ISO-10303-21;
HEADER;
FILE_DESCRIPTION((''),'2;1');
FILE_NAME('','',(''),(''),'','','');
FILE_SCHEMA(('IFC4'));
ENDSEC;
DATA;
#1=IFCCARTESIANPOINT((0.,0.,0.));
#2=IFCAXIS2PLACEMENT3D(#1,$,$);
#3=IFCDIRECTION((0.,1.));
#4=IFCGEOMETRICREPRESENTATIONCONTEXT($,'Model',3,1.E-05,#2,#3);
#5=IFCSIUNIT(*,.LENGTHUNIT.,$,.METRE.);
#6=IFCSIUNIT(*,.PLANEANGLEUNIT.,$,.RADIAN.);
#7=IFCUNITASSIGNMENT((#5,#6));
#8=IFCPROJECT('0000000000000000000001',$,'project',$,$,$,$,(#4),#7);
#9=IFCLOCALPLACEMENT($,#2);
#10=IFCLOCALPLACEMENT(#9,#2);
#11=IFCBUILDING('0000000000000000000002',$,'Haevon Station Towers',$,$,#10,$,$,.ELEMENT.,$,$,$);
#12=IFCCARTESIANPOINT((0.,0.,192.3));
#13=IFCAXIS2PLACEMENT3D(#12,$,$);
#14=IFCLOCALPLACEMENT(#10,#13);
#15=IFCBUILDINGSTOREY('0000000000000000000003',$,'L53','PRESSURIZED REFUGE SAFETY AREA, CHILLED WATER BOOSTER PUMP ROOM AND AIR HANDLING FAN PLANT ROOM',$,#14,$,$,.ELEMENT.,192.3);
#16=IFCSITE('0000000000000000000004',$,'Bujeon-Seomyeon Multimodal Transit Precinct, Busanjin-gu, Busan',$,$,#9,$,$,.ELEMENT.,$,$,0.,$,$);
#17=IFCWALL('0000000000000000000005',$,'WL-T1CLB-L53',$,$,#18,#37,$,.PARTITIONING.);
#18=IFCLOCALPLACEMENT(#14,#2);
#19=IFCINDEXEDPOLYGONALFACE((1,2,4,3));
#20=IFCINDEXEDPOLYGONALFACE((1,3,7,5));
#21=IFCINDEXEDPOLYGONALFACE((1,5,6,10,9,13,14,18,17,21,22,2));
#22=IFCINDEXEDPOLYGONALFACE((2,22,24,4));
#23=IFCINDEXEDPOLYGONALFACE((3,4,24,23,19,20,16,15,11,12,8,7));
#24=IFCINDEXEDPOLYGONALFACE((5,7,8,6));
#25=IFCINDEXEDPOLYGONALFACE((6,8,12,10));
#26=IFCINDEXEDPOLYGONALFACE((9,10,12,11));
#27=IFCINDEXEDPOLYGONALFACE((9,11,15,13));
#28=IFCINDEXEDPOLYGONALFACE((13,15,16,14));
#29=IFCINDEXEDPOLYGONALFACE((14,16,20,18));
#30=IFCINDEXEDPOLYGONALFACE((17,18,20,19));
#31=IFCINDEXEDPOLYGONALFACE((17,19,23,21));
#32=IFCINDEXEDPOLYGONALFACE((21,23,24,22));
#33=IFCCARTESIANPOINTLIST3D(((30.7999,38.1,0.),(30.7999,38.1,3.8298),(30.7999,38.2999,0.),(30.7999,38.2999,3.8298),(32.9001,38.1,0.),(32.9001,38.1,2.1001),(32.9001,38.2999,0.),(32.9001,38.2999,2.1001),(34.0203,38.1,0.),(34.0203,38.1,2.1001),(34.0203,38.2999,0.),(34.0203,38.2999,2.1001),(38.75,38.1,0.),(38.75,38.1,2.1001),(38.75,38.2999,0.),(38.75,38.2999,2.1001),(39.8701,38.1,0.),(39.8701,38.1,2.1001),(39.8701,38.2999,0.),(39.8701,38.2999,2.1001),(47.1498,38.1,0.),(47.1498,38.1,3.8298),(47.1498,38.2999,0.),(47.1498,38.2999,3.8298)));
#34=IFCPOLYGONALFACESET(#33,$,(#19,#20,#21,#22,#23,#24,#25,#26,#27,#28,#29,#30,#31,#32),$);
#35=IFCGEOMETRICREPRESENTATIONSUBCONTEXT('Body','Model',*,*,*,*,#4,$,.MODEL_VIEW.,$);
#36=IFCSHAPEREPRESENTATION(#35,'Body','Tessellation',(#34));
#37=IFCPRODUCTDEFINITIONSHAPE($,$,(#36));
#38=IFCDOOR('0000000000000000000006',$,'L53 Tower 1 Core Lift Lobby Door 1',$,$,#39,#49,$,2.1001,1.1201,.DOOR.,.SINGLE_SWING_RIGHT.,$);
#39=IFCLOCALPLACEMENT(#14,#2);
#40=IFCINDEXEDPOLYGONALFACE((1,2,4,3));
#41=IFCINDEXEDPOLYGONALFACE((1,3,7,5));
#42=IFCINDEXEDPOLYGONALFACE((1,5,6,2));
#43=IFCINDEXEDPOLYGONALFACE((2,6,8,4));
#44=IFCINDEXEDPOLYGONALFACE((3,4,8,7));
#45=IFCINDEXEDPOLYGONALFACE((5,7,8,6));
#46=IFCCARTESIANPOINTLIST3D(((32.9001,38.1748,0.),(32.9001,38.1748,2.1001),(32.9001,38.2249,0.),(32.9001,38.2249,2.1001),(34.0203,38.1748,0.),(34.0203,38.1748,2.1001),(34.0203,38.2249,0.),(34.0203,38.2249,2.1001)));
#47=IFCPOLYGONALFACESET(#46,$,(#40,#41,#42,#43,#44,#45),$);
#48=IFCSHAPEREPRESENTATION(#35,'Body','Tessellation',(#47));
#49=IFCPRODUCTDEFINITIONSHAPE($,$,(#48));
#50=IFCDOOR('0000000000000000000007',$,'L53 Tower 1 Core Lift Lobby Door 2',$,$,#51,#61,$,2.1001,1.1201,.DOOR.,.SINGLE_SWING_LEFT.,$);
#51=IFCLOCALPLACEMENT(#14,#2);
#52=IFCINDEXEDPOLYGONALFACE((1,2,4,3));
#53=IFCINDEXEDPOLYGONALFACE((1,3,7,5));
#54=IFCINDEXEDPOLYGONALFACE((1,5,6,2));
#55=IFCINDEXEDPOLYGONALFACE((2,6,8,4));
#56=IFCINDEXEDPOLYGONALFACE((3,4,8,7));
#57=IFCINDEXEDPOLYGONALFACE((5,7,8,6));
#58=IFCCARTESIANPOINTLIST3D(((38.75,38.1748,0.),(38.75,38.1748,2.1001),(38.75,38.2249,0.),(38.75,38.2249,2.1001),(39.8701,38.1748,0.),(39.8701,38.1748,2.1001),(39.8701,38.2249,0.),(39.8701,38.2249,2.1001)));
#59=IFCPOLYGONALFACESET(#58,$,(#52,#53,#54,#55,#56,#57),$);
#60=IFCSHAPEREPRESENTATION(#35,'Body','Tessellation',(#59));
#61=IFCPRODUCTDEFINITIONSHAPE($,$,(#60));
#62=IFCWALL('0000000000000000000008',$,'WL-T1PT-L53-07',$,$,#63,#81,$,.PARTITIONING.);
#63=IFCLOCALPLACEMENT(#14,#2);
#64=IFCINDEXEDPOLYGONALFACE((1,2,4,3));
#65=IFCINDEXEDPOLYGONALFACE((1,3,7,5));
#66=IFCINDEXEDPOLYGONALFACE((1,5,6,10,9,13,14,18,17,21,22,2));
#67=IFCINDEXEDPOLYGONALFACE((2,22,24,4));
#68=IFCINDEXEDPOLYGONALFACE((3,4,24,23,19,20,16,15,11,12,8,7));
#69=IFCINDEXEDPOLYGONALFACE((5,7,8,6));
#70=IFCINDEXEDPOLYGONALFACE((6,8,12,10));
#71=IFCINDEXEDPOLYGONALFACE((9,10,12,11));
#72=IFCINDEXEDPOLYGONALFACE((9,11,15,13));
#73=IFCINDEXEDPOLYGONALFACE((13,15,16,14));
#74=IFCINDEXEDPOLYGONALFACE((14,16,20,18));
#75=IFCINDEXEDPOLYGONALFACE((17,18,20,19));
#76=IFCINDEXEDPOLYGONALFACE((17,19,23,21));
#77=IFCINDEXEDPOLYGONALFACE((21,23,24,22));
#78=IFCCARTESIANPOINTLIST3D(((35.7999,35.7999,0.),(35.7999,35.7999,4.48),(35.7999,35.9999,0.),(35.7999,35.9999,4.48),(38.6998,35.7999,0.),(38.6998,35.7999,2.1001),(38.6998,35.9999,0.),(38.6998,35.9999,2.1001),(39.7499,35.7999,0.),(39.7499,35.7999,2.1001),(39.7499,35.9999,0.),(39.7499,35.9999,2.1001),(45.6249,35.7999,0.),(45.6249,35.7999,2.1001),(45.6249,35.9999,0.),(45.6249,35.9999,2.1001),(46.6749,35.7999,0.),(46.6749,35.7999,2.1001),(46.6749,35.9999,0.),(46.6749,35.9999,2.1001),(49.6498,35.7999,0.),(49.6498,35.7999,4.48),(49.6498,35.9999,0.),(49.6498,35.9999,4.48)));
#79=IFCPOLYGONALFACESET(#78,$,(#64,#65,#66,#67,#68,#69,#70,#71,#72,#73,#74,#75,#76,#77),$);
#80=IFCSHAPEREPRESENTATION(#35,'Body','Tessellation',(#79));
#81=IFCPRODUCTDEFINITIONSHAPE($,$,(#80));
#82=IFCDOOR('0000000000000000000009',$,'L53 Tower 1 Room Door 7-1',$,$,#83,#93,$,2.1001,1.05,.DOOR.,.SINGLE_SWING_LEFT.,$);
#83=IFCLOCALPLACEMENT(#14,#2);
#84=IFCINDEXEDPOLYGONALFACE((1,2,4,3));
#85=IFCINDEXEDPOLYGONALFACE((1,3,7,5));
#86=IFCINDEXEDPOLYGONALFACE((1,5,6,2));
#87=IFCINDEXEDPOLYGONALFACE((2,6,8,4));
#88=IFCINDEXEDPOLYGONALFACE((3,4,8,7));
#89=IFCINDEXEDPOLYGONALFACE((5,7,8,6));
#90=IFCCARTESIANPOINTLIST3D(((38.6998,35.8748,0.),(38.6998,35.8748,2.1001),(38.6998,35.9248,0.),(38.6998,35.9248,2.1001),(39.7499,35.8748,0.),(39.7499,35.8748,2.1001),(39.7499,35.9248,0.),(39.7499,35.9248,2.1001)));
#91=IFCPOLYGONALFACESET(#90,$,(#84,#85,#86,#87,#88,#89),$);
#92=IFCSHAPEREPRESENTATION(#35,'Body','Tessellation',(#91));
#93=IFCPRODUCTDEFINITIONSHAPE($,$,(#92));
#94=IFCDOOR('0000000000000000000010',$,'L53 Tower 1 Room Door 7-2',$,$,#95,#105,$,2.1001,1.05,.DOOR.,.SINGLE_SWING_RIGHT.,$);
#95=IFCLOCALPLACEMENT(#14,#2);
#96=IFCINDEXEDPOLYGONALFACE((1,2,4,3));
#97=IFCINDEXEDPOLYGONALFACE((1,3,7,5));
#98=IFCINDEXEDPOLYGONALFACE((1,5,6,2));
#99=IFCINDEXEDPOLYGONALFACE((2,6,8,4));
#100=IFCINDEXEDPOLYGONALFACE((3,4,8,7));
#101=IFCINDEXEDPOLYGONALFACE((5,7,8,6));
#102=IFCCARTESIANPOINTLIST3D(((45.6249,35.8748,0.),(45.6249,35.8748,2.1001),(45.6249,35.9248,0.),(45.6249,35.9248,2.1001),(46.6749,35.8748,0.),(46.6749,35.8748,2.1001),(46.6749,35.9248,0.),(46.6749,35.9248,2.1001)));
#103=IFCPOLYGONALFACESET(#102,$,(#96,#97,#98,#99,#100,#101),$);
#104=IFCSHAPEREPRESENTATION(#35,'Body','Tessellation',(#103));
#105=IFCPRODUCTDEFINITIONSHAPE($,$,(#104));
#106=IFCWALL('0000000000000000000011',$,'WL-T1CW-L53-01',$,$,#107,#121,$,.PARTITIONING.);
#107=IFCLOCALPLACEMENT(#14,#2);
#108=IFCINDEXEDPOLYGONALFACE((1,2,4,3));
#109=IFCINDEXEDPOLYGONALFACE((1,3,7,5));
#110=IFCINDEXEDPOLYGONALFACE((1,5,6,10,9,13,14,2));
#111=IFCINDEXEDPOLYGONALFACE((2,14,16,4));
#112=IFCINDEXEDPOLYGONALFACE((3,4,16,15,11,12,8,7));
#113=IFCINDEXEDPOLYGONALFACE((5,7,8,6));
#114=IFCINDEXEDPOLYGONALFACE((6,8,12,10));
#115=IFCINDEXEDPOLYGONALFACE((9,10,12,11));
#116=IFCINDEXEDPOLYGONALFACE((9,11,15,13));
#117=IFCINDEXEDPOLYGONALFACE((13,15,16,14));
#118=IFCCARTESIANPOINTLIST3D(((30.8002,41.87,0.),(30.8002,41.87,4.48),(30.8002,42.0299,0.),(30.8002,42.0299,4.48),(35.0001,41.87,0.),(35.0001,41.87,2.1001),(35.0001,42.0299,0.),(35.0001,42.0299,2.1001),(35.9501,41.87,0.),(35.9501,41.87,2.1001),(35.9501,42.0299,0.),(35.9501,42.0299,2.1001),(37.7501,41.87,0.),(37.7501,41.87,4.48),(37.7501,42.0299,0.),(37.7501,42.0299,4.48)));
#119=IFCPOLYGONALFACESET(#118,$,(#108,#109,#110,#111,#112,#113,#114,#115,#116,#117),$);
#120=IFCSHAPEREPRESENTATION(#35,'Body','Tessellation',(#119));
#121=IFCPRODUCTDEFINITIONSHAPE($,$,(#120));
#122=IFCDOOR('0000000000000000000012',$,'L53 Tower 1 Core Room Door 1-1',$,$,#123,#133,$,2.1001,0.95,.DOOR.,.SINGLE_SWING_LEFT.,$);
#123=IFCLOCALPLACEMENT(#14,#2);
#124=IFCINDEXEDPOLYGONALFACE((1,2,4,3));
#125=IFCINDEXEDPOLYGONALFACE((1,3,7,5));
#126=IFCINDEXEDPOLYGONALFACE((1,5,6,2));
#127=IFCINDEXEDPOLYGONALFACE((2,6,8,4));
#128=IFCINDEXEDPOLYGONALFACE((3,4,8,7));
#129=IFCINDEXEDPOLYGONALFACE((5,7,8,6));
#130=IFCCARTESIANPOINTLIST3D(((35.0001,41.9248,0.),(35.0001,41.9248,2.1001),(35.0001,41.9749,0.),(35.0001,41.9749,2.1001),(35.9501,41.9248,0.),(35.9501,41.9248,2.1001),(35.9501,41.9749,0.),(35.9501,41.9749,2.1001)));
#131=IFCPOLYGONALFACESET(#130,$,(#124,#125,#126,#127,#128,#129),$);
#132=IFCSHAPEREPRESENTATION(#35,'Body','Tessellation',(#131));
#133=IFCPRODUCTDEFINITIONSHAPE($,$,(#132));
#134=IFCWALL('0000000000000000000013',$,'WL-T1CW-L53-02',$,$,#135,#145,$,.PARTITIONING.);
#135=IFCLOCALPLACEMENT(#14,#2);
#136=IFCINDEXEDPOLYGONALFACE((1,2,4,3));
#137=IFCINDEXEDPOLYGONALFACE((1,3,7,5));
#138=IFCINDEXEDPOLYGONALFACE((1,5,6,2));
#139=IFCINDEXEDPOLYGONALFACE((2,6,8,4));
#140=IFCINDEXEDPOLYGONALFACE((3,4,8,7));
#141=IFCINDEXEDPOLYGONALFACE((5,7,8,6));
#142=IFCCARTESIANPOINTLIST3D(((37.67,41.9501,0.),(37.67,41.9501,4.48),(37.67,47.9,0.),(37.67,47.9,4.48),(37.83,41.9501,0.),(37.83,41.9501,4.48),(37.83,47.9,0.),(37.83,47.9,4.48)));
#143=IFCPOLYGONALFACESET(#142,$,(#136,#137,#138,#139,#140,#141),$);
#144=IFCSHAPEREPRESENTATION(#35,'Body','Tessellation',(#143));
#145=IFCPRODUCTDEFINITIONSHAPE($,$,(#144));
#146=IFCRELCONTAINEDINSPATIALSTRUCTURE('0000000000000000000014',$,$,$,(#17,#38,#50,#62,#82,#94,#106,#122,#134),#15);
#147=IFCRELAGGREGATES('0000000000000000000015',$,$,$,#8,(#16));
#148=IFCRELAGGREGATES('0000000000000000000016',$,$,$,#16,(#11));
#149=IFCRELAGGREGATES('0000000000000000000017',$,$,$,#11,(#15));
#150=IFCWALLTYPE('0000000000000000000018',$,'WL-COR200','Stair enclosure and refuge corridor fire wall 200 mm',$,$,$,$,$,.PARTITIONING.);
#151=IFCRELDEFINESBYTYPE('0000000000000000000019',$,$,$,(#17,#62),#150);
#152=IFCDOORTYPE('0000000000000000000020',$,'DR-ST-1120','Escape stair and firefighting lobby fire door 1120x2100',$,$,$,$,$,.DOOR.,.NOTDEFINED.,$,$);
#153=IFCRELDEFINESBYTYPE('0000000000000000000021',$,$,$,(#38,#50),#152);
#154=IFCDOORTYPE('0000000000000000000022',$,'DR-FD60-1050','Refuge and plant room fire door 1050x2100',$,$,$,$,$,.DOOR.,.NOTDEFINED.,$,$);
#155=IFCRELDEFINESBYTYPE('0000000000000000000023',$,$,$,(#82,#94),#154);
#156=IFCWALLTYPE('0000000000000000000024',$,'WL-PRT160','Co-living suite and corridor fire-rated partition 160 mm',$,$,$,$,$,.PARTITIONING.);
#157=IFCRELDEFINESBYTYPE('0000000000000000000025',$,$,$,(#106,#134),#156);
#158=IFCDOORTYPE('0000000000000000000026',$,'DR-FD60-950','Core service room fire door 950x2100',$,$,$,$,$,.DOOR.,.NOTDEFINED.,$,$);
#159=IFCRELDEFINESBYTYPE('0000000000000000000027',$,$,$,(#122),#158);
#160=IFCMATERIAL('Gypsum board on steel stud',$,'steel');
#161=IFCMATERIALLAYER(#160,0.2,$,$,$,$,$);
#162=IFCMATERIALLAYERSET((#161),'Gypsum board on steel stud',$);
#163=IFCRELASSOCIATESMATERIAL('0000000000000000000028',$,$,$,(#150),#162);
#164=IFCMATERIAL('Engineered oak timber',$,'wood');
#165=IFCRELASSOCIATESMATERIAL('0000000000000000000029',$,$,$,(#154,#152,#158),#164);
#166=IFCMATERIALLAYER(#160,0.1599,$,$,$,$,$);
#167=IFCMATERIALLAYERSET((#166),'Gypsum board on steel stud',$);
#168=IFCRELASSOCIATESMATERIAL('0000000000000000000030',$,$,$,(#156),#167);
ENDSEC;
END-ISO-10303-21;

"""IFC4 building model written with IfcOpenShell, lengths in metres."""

from ifc_helpers import new_model, si_unit, direction, frame, frame_2d, origin, place, context, subcontext, project, spatial, rectangle, extrude, material, layer, layer_set, type_object, element, fill, save


model = new_model("IFC4")

# Units and contexts
model_context = context("Model", 3, precision=1e-05, world=origin(), true_north=direction((0.0, 1.0)))
body_context = subcontext(model_context, "Body", "Model", "MODEL_VIEW")
ifc_project = project(units=[si_unit("LENGTHUNIT", "METRE"), si_unit("PLANEANGLEUNIT", "RADIAN")], contexts=[model_context])

# Site, building, storey
site_placement = place(None, origin())
site = spatial("IfcSite", under=ifc_project, at=site_placement, Name="Bujeon-Seomyeon Multimodal Transit Precinct, Busanjin-gu, Busan", CompositionType="ELEMENT", RefElevation=0.0)
building_placement = place(site_placement, origin())
building = spatial("IfcBuilding", under=site, at=building_placement, Name="Haevon Station Towers", CompositionType="ELEMENT")
storey_placement = place(building_placement, frame((0.0, 0.0, 192.3)))
storey = spatial("IfcBuildingStorey", under=building, at=storey_placement, Name="L53", Description="PRESSURIZED REFUGE SAFETY AREA, CHILLED WATER BOOSTER PUMP ROOM AND AIR HANDLING FAN PLANT ROOM", CompositionType="ELEMENT", Elevation=192.3)

# Shared definitions
ifc_material_1 = material(Name="Gypsum board on steel stud", Category="steel")
ifc_layer_1 = layer(ifc_material_1, 0.2)
ifc_layer_set_1 = layer_set([ifc_layer_1], Name="Gypsum board on steel stud")
wall_type_1 = type_object("IfcWallType", Name="WL-COR200", Description="Stair enclosure and refuge corridor fire wall 200 mm", PredefinedType="PARTITIONING", material=ifc_layer_set_1)
ifc_material_2 = material(Name="Engineered oak timber", Category="wood")
door_type_1 = type_object("IfcDoorType", Name="DR-FD60-1050", Description="Refuge and plant room fire door 1050x2100", OperationType="NOTDEFINED", PredefinedType="DOOR", material=ifc_material_2)

# Walls, openings, doors
wall_1_placement = place(storey_placement, frame((30.8, 38.2, 0.0), z_axis=(0.0, 0.0, 1.0), x_axis=(1.0, 0.0, 0.0)))
wall_1 = element("IfcWall", 1, at=wall_1_placement, inside=storey, type_object=wall_type_1, Name="WL-T1CLB-L53", PredefinedType="PARTITIONING", context=body_context, shape_type="SweptSolid", body=[
    extrude(rectangle(XDim=16.3499, YDim=0.2, at=frame_2d((8.1748, 0.0))), origin(), (0.0, 0.0, 1.0), 3.8298),
])
opening_1_placement = place(wall_1_placement, frame((2.1001, 0.0, 0.0)))
opening_1 = element("IfcOpeningElement", 2, at=opening_1_placement, cuts=wall_1, PredefinedType="OPENING", context=body_context, shape_type="SweptSolid", body=[
    extrude(rectangle(XDim=1.1201, YDim=2.1001, at=frame_2d((0.5601, 1.05))), frame((0.0, 0.1099, 0.0), z_axis=(0.0, -1.0, 0.0), x_axis=(1.0, 0.0, 0.0)), (0.0, 0.0, 1.0), 0.22),
])
opening_2_placement = place(wall_1_placement, frame((7.95, 0.0, 0.0)))
opening_2 = element("IfcOpeningElement", 3, at=opening_2_placement, cuts=wall_1, PredefinedType="OPENING", context=body_context, shape_type="SweptSolid", body=[
    extrude(rectangle(XDim=1.1201, YDim=2.1001, at=frame_2d((0.5601, 1.05))), frame((0.0, 0.1099, 0.0), z_axis=(0.0, -1.0, 0.0), x_axis=(1.0, 0.0, 0.0)), (0.0, 0.0, 1.0), 0.22),
])
door_type_2 = type_object("IfcDoorType", Name="DR-ST-1120", Description="Escape stair and firefighting lobby fire door 1120x2100", OperationType="NOTDEFINED", PredefinedType="DOOR", material=ifc_material_2)
door_1_placement = place(opening_1_placement, origin())
door_1 = element("IfcDoor", 4, at=door_1_placement, inside=storey, type_object=door_type_2, Name="L53 Tower 1 Core Lift Lobby Door 1", OperationType="SINGLE_SWING_RIGHT", OverallHeight=2.1001, OverallWidth=1.1201, PredefinedType="DOOR", context=body_context, shape_type="SweptSolid", body=[
    extrude(rectangle(XDim=1.1201, YDim=2.1001, at=frame_2d((0.5601, 1.05))), frame((0.0, 0.0249, 0.0), z_axis=(0.0, -1.0, 0.0), x_axis=(1.0, 0.0, 0.0)), (0.0, 0.0, 1.0), 0.05),
])
fill(opening_1, door_1)
door_2_placement = place(opening_2_placement, origin())
door_2 = element("IfcDoor", 5, at=door_2_placement, inside=storey, type_object=door_type_2, Name="L53 Tower 1 Core Lift Lobby Door 2", OperationType="SINGLE_SWING_LEFT", OverallHeight=2.1001, OverallWidth=1.1201, PredefinedType="DOOR", context=body_context, shape_type="SweptSolid", body=[
    extrude(rectangle(XDim=1.1201, YDim=2.1001, at=frame_2d((0.5601, 1.05))), frame((0.0, 0.0249, 0.0), z_axis=(0.0, -1.0, 0.0), x_axis=(1.0, 0.0, 0.0)), (0.0, 0.0, 1.0), 0.05),
])
fill(opening_2, door_2)
wall_2_placement = place(storey_placement, frame((35.8, 35.8999, 0.0), z_axis=(0.0, 0.0, 1.0), x_axis=(1.0, 0.0, 0.0)))
wall_2 = element("IfcWall", 6, at=wall_2_placement, inside=storey, type_object=wall_type_1, Name="WL-T1PT-L53-07", PredefinedType="PARTITIONING", context=body_context, shape_type="SweptSolid", body=[
    extrude(rectangle(XDim=13.8499, YDim=0.2, at=frame_2d((6.9248, 0.0))), origin(), (0.0, 0.0, 1.0), 4.48),
])
opening_3_placement = place(wall_2_placement, frame((2.8999, 0.0, 0.0)))
opening_3 = element("IfcOpeningElement", 7, at=opening_3_placement, cuts=wall_2, PredefinedType="OPENING", context=body_context, shape_type="SweptSolid", body=[
    extrude(rectangle(XDim=1.05, YDim=2.1001, at=frame_2d((0.5249, 1.05))), frame((0.0, 0.1099, 0.0), z_axis=(0.0, -1.0, 0.0), x_axis=(1.0, 0.0, 0.0)), (0.0, 0.0, 1.0), 0.22),
])
opening_4_placement = place(wall_2_placement, frame((9.825, 0.0, 0.0)))
opening_4 = element("IfcOpeningElement", 8, at=opening_4_placement, cuts=wall_2, PredefinedType="OPENING", context=body_context, shape_type="SweptSolid", body=[
    extrude(rectangle(XDim=1.05, YDim=2.1001, at=frame_2d((0.5249, 1.05))), frame((0.0, 0.1099, 0.0), z_axis=(0.0, -1.0, 0.0), x_axis=(1.0, 0.0, 0.0)), (0.0, 0.0, 1.0), 0.22),
])
door_3_placement = place(opening_3_placement, origin())
door_3 = element("IfcDoor", 9, at=door_3_placement, inside=storey, type_object=door_type_1, Name="L53 Tower 1 Room Door 7-1", OperationType="SINGLE_SWING_LEFT", OverallHeight=2.1001, OverallWidth=1.05, PredefinedType="DOOR", context=body_context, shape_type="SweptSolid", body=[
    extrude(rectangle(XDim=1.05, YDim=2.1001, at=frame_2d((0.5249, 1.05))), frame((0.0, 0.0249, 0.0), z_axis=(0.0, -1.0, 0.0), x_axis=(1.0, 0.0, 0.0)), (0.0, 0.0, 1.0), 0.05),
])
fill(opening_3, door_3)
door_4_placement = place(opening_4_placement, origin())
door_4 = element("IfcDoor", 10, at=door_4_placement, inside=storey, type_object=door_type_1, Name="L53 Tower 1 Room Door 7-2", OperationType="SINGLE_SWING_RIGHT", OverallHeight=2.1001, OverallWidth=1.05, PredefinedType="DOOR", context=body_context, shape_type="SweptSolid", body=[
    extrude(rectangle(XDim=1.05, YDim=2.1001, at=frame_2d((0.5249, 1.05))), frame((0.0, 0.0249, 0.0), z_axis=(0.0, -1.0, 0.0), x_axis=(1.0, 0.0, 0.0)), (0.0, 0.0, 1.0), 0.05),
])
fill(opening_4, door_4)

# Wall, opening, door
ifc_layer_2 = layer(ifc_material_1, 0.1599)
ifc_layer_set_2 = layer_set([ifc_layer_2], Name="Gypsum board on steel stud")
wall_type_2 = type_object("IfcWallType", Name="WL-PRT160", Description="Co-living suite and corridor fire-rated partition 160 mm", PredefinedType="PARTITIONING", material=ifc_layer_set_2)
wall_3_placement = place(storey_placement, frame((30.8, 41.95, 0.0), z_axis=(0.0, 0.0, 1.0), x_axis=(1.0, 0.0, 0.0)))
wall_3 = element("IfcWall", 11, at=wall_3_placement, inside=storey, type_object=wall_type_2, Name="WL-T1CW-L53-01", PredefinedType="PARTITIONING", context=body_context, shape_type="SweptSolid", body=[
    extrude(rectangle(XDim=6.95, YDim=0.1599, at=frame_2d((3.4751, 0.0))), origin(), (0.0, 0.0, 1.0), 4.48),
])
opening_5_placement = place(wall_3_placement, frame((4.2, 0.0, 0.0)))
opening_5 = element("IfcOpeningElement", 12, at=opening_5_placement, cuts=wall_3, PredefinedType="OPENING", context=body_context, shape_type="SweptSolid", body=[
    extrude(rectangle(XDim=0.95, YDim=2.1001, at=frame_2d((0.4751, 1.05))), frame((0.0, 0.0898, 0.0), z_axis=(0.0, -1.0, 0.0), x_axis=(1.0, 0.0, 0.0)), (0.0, 0.0, 1.0), 0.1799),
])
door_type_3 = type_object("IfcDoorType", Name="DR-FD60-950", Description="Core service room fire door 950x2100", OperationType="NOTDEFINED", PredefinedType="DOOR", material=ifc_material_2)
door_5_placement = place(opening_5_placement, origin())
door_5 = element("IfcDoor", 13, at=door_5_placement, inside=storey, type_object=door_type_3, Name="L53 Tower 1 Core Room Door 1-1", OperationType="SINGLE_SWING_LEFT", OverallHeight=2.1001, OverallWidth=0.95, PredefinedType="DOOR", context=body_context, shape_type="SweptSolid", body=[
    extrude(rectangle(XDim=0.95, YDim=2.1001, at=frame_2d((0.4751, 1.05))), frame((0.0, 0.0249, 0.0), z_axis=(0.0, -1.0, 0.0), x_axis=(1.0, 0.0, 0.0)), (0.0, 0.0, 1.0), 0.05),
])
fill(opening_5, door_5)

# Wall
wall_4_placement = place(storey_placement, frame((37.75, 41.95, 0.0), z_axis=(0.0, 0.0, 1.0), x_axis=(0.0, 1.0, 0.0)))
element("IfcWall", 14, at=wall_4_placement, inside=storey, type_object=wall_type_2, Name="WL-T1CW-L53-02", PredefinedType="PARTITIONING", context=body_context, shape_type="SweptSolid", body=[
    extrude(rectangle(XDim=5.95, YDim=0.1599, at=frame_2d((2.9751, 0.0))), origin(), (0.0, 0.0, 1.0), 4.48),
])

save(model, "model.ifc")
